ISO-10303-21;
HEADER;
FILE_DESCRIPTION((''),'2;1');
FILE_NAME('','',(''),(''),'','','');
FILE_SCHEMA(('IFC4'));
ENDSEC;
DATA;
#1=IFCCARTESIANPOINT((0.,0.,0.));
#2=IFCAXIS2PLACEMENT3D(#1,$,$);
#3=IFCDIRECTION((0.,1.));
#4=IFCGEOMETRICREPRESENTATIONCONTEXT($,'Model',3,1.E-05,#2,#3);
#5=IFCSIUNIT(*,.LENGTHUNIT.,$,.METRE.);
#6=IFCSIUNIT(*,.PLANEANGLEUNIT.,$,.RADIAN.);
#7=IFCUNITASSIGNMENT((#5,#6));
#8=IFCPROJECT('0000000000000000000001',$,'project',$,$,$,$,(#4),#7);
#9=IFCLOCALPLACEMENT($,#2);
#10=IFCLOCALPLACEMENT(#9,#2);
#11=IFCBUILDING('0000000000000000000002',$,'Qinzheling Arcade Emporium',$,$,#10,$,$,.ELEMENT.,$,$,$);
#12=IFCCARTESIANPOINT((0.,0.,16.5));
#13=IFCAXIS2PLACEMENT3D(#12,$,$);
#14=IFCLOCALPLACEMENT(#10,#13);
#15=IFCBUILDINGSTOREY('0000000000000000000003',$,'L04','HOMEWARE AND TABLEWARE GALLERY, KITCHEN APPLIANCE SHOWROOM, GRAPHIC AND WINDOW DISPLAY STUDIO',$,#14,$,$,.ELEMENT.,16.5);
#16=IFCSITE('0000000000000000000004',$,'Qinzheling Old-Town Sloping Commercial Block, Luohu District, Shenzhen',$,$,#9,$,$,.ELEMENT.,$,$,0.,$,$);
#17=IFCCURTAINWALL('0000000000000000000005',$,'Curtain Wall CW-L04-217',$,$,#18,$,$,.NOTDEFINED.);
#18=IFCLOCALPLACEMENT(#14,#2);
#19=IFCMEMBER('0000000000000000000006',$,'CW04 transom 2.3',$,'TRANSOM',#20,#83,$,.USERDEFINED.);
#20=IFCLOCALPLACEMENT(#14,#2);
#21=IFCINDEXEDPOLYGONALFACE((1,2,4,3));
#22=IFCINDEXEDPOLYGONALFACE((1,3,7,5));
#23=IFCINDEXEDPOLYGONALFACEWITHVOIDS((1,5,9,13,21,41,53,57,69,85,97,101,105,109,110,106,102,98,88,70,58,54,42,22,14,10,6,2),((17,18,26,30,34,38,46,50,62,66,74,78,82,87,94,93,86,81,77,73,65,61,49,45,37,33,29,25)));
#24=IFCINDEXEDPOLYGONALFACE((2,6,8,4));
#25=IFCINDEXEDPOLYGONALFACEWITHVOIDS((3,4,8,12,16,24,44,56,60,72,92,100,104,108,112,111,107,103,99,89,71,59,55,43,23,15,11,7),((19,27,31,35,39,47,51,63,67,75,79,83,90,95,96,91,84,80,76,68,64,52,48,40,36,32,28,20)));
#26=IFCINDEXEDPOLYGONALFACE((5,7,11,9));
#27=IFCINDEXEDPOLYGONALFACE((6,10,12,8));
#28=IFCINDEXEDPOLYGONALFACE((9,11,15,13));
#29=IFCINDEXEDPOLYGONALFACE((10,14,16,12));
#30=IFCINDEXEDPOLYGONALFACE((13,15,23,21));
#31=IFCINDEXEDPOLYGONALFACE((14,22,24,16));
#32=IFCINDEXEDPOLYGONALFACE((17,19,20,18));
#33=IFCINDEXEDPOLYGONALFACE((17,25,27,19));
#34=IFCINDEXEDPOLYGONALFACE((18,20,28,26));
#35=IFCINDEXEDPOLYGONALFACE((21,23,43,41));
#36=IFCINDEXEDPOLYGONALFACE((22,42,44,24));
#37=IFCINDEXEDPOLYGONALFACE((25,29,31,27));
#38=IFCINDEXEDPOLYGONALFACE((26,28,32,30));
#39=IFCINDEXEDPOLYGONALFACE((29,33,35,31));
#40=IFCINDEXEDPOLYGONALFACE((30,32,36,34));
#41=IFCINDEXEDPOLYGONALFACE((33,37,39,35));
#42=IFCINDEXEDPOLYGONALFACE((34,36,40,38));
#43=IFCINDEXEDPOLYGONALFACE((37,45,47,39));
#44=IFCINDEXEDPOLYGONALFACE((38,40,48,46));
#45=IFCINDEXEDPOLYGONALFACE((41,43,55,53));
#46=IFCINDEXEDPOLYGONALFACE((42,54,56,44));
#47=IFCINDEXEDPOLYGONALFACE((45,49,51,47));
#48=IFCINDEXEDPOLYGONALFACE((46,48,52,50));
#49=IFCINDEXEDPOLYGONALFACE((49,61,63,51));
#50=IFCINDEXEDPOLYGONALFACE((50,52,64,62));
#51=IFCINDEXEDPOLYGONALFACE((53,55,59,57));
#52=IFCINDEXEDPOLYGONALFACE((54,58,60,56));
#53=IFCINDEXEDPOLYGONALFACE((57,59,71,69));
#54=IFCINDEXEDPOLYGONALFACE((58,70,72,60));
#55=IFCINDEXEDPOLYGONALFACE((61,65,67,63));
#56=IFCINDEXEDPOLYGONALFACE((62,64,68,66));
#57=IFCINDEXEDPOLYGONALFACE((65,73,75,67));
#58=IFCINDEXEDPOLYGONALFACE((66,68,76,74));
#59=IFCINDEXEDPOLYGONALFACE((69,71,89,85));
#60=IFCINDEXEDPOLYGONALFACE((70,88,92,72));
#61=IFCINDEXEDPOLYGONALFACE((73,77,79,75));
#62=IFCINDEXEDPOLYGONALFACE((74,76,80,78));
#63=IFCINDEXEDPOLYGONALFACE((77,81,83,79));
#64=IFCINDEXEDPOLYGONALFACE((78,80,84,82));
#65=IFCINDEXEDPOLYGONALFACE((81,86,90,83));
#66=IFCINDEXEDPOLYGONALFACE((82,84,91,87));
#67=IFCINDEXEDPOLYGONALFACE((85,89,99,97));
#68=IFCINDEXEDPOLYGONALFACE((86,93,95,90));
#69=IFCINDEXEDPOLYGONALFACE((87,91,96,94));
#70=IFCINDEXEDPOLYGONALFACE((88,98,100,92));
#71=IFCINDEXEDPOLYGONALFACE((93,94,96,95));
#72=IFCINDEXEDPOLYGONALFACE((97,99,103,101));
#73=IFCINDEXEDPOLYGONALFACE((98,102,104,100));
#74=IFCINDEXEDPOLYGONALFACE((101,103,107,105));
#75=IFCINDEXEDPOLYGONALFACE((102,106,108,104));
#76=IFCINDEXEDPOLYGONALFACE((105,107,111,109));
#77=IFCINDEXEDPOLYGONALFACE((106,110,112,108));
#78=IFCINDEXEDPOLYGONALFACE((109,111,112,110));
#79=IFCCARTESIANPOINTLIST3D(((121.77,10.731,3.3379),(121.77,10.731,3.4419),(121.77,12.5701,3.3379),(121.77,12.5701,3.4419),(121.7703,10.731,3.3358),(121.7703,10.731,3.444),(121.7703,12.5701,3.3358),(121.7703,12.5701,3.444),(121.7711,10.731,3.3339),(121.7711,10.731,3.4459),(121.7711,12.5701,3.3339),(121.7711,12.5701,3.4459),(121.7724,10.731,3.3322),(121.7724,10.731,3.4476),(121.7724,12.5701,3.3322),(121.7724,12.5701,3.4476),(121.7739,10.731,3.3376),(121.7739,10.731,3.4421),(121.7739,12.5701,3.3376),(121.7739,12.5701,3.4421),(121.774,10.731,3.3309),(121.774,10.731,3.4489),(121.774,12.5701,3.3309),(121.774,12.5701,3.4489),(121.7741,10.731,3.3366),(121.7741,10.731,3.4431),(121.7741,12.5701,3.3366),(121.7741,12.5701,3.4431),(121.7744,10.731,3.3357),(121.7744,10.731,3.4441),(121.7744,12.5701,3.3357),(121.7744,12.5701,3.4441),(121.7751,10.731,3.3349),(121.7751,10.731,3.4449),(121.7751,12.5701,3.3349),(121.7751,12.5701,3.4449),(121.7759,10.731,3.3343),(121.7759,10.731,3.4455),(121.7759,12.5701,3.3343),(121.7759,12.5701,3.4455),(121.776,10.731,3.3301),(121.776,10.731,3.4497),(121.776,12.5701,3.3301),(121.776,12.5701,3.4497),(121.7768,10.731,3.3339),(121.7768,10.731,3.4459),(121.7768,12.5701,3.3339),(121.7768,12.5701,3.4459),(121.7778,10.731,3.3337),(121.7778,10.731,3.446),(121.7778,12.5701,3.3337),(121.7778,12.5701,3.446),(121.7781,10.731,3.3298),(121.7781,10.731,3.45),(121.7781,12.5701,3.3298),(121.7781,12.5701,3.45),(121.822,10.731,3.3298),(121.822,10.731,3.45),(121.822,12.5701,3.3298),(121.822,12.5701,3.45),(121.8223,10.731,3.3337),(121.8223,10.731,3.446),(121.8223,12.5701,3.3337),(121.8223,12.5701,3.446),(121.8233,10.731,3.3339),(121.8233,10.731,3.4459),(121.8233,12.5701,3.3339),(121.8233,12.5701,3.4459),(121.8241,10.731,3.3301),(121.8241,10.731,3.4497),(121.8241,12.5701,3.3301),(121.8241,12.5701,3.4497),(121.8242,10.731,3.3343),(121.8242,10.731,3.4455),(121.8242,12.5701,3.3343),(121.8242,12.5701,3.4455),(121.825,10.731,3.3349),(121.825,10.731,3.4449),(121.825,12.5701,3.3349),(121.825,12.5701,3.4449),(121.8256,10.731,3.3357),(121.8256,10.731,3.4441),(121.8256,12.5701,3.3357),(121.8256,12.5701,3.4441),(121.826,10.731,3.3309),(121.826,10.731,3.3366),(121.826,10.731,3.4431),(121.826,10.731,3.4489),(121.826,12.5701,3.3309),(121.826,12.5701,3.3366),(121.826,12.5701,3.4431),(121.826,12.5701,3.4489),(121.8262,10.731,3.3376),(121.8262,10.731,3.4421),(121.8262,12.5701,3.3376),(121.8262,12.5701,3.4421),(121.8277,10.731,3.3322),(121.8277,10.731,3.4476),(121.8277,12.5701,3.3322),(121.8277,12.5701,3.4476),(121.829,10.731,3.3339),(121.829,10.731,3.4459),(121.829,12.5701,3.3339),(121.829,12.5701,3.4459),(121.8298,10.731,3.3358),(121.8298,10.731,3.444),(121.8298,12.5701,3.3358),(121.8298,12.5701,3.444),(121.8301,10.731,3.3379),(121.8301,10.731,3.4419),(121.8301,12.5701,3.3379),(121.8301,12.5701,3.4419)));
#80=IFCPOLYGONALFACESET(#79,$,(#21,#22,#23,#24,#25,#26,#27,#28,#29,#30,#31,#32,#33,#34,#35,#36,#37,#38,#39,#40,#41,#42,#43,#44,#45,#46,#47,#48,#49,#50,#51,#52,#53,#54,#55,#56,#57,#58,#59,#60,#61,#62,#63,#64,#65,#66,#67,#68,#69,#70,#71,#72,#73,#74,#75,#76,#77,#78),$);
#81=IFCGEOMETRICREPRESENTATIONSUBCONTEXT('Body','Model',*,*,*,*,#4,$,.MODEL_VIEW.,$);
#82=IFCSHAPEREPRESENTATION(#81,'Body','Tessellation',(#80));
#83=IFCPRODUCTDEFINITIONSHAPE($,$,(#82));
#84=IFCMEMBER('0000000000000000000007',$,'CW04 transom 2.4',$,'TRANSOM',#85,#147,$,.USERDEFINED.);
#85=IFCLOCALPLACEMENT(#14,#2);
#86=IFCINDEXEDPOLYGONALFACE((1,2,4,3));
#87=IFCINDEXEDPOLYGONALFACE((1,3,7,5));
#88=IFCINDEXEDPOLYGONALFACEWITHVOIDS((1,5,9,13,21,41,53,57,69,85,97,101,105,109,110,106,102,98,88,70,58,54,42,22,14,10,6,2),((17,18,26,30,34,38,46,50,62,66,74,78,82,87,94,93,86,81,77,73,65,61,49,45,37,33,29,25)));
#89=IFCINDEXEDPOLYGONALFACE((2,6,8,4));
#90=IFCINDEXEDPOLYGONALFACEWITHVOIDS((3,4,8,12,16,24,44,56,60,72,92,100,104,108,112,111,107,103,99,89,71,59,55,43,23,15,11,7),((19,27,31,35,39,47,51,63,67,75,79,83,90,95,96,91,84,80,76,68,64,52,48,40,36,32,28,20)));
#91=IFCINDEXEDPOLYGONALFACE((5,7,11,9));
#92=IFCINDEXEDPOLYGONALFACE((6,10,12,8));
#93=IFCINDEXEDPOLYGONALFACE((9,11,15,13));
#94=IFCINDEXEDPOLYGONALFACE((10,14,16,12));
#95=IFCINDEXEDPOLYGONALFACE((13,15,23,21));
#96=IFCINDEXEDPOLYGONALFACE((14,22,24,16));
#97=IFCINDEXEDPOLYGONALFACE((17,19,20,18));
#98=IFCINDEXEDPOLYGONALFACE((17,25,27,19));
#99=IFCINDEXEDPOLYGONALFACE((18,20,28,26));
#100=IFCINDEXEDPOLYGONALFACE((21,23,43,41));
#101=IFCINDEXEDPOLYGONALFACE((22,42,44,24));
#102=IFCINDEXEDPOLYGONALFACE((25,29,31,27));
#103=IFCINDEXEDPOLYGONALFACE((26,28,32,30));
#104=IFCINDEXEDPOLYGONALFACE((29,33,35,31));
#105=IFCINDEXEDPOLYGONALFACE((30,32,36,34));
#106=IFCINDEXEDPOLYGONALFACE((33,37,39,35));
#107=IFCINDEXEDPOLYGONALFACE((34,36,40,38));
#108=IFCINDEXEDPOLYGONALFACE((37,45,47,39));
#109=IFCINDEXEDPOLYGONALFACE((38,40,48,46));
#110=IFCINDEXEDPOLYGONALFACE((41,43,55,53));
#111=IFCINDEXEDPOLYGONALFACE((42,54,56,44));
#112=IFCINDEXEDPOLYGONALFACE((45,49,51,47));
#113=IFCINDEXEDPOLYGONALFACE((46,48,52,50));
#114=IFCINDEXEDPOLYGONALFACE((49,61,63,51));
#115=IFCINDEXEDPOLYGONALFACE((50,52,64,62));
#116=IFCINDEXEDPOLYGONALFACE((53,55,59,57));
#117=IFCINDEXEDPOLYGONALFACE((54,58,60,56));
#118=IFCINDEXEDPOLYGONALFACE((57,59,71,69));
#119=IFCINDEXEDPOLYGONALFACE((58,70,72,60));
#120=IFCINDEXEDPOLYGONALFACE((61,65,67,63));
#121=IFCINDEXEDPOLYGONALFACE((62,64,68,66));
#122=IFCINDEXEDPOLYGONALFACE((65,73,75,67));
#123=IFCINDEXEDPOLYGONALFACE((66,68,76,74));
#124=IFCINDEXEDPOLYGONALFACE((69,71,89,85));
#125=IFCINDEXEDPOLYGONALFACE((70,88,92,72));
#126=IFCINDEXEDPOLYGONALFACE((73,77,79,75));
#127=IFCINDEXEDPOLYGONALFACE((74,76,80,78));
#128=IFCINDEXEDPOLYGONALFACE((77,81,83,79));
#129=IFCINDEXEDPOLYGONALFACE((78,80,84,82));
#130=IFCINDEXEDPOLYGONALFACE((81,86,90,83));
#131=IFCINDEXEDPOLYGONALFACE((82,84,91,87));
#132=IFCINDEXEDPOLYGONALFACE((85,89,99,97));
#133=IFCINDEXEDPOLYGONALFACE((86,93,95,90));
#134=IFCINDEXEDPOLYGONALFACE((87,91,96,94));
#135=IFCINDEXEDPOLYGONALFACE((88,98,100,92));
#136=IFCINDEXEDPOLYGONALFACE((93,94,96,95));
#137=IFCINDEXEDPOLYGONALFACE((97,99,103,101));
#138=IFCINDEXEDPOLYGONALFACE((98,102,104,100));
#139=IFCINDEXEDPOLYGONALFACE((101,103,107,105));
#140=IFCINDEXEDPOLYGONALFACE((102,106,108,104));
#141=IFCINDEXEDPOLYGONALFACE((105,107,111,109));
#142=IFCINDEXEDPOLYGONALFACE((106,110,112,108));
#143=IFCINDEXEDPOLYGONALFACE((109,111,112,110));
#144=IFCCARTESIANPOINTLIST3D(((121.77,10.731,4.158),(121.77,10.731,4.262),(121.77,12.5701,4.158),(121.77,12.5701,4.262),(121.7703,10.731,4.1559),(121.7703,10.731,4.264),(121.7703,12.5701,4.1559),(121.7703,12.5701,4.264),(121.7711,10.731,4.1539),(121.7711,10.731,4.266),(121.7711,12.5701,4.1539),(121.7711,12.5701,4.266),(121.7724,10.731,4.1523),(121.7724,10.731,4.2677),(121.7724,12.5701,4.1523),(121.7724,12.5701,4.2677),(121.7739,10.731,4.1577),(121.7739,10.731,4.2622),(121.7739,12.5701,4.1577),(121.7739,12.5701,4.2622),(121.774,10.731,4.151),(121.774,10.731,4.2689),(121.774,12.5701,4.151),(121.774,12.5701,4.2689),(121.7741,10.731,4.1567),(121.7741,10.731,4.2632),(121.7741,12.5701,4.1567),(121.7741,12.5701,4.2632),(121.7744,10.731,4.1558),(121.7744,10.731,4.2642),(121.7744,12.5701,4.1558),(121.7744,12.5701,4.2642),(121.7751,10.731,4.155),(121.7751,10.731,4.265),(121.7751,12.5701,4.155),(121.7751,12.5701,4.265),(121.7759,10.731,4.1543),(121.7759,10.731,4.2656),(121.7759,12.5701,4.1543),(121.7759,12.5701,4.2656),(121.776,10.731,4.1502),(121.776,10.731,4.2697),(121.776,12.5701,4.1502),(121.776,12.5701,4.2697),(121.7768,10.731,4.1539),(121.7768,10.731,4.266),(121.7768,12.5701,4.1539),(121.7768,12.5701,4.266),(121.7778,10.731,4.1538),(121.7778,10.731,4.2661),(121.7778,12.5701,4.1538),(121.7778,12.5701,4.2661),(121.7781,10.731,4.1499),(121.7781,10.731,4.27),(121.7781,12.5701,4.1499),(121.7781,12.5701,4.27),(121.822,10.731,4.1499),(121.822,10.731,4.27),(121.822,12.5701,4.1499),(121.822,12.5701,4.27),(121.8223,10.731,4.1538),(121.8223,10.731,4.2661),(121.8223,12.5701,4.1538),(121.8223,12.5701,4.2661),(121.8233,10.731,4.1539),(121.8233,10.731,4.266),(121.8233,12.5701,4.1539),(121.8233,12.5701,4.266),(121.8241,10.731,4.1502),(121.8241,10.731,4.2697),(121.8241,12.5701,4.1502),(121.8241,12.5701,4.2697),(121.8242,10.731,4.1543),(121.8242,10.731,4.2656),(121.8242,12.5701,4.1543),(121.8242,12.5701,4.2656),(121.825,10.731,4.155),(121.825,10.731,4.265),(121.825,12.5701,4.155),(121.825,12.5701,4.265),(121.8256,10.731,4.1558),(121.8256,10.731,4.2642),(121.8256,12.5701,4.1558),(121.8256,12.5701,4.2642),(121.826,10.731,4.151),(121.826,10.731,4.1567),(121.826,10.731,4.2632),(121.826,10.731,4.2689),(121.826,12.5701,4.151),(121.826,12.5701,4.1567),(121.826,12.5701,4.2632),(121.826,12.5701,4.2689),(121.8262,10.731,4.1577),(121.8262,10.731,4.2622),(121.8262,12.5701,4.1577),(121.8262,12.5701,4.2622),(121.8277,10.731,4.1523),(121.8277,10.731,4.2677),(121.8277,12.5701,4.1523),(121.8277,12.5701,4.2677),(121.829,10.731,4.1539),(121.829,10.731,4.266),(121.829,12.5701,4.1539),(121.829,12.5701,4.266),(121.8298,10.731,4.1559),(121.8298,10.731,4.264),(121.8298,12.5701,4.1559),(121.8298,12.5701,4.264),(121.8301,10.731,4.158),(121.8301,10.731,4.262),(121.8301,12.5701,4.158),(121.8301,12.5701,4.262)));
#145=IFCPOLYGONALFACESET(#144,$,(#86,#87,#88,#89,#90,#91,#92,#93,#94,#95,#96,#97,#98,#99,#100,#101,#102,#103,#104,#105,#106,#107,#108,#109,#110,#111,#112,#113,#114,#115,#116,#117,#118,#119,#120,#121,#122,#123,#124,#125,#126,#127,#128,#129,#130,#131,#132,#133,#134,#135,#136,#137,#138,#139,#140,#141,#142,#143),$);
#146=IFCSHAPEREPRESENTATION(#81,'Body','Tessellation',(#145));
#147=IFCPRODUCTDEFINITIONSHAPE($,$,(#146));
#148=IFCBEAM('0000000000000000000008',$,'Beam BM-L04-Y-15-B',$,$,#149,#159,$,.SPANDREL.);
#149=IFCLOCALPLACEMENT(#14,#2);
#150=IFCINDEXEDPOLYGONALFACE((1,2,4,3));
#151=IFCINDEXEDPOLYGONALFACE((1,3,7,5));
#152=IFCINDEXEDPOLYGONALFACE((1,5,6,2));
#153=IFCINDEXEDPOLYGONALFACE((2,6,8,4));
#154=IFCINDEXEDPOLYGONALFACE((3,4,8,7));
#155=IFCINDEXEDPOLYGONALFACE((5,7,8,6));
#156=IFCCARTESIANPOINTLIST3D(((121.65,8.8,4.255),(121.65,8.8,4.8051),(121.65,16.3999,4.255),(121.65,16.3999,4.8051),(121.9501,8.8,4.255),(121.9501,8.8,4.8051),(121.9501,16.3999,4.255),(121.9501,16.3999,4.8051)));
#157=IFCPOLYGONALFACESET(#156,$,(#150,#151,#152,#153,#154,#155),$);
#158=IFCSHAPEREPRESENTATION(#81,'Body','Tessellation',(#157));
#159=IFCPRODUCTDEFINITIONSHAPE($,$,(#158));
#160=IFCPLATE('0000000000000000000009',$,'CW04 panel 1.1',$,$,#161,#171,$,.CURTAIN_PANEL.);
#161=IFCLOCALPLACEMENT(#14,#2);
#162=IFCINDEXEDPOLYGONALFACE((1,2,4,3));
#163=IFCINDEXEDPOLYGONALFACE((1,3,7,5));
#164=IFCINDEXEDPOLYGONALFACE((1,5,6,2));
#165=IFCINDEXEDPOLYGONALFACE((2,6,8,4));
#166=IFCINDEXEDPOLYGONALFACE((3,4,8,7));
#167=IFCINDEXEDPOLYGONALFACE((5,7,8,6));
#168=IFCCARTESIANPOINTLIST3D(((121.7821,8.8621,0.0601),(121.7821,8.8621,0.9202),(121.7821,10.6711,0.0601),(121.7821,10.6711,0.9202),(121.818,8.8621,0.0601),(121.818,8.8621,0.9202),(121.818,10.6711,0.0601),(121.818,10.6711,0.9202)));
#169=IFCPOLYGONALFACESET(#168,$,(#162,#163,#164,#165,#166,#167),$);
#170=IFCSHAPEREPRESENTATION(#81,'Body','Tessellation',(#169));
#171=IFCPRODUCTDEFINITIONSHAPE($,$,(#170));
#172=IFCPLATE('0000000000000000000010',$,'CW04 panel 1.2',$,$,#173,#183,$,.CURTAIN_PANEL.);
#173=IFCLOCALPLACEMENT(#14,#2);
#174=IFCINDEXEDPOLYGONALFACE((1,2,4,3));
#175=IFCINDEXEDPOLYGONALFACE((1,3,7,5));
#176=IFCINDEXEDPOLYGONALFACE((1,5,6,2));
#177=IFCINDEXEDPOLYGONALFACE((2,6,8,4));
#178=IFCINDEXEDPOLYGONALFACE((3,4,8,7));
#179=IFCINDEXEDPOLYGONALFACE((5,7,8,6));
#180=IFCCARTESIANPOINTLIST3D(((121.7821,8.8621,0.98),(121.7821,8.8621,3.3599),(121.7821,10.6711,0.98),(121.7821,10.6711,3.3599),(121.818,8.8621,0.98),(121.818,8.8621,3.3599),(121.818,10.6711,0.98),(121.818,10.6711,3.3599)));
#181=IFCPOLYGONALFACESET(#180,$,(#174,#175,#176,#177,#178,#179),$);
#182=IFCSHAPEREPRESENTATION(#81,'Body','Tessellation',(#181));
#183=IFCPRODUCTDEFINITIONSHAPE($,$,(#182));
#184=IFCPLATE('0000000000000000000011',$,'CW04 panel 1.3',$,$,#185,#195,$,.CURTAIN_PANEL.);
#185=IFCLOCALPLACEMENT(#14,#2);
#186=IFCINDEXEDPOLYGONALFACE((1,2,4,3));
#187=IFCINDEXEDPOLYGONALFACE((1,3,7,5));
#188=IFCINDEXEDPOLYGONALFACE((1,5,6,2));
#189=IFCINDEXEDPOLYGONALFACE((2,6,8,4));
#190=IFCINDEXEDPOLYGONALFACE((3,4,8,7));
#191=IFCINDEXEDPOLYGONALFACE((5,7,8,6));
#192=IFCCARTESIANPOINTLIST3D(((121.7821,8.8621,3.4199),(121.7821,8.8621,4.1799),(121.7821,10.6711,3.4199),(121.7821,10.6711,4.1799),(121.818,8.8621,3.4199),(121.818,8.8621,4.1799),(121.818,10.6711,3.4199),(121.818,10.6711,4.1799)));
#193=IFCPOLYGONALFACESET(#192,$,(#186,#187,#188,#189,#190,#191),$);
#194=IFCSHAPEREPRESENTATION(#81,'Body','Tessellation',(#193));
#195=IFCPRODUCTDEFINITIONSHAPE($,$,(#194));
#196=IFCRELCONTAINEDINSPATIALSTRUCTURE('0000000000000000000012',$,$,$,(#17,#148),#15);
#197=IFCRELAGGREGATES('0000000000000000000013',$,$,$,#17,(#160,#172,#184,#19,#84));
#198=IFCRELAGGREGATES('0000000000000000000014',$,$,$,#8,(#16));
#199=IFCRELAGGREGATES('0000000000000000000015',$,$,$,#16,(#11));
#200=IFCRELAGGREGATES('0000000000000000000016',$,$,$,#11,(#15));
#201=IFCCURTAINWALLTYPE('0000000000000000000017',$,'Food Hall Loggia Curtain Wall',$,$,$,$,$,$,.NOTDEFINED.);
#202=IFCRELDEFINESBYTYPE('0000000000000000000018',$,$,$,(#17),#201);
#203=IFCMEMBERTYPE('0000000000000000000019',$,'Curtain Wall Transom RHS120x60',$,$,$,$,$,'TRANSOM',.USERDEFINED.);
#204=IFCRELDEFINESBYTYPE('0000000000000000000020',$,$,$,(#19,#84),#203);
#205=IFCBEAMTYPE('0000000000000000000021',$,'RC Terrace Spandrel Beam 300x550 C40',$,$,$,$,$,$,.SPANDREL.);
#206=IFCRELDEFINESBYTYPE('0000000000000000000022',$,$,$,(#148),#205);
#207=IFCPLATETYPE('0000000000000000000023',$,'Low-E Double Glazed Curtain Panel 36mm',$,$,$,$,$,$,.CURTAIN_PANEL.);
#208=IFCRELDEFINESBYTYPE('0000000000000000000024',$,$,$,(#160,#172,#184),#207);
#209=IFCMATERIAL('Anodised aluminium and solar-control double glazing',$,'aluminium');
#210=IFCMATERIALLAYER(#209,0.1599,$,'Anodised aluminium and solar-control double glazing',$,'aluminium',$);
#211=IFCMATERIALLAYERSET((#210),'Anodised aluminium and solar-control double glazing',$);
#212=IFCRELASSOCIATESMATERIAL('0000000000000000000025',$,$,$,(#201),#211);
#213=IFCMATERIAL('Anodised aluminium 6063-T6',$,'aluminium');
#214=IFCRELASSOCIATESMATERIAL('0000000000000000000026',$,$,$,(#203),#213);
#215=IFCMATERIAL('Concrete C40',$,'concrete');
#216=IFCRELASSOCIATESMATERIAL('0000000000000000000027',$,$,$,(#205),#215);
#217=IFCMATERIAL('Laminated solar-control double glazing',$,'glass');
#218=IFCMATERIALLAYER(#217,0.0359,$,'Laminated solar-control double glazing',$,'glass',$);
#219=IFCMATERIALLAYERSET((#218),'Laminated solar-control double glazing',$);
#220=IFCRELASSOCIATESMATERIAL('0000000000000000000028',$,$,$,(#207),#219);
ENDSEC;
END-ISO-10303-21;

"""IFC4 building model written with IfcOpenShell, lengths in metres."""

from ifc_helpers import new_model, si_unit, direction, frame, origin, origin_2d, place, context, subcontext, project, spatial, rectangle, hollow_rectangle, extrude, material, layer, layer_set, material_profile, profile_set, type_object, element, aggregate, save


model = new_model("IFC4")

# Units and contexts
model_context = context("Model", 3, precision=1e-05, world=origin(), true_north=direction((0.0, 1.0)))
body_context = subcontext(model_context, "Body", "Model", "MODEL_VIEW")
ifc_project = project(units=[si_unit("LENGTHUNIT", "METRE"), si_unit("PLANEANGLEUNIT", "RADIAN")], contexts=[model_context])

# Site, building, storey
site_placement = place(None, origin())
site = spatial("IfcSite", under=ifc_project, at=site_placement, Name="Qinzheling Old-Town Sloping Commercial Block, Luohu District, Shenzhen", CompositionType="ELEMENT", RefElevation=0.0)
building_placement = place(site_placement, origin())
building = spatial("IfcBuilding", under=site, at=building_placement, Name="Qinzheling Arcade Emporium", CompositionType="ELEMENT")
storey_placement = place(building_placement, frame((0.0, 0.0, 16.5)))
storey = spatial("IfcBuildingStorey", under=building, at=storey_placement, Name="L04", Description="HOMEWARE AND TABLEWARE GALLERY, KITCHEN APPLIANCE SHOWROOM, GRAPHIC AND WINDOW DISPLAY STUDIO", CompositionType="ELEMENT", Elevation=16.5)

# Shared definitions
ifc_material_1 = material(Name="Concrete C40", Category="concrete")

# Curtain wall, members
ifc_material_2 = material(Name="Anodised aluminium and solar-control double glazing", Category="aluminium")
ifc_layer_1 = layer(ifc_material_2, 0.1599, Name="Anodised aluminium and solar-control double glazing", Category="aluminium")
ifc_layer_set_1 = layer_set([ifc_layer_1], Name="Anodised aluminium and solar-control double glazing")
curtain_wall_type = type_object("IfcCurtainWallType", Name="Food Hall Loggia Curtain Wall", PredefinedType="NOTDEFINED", material=ifc_layer_set_1)
curtain_wall_placement = place(storey_placement, origin())
curtain_wall = element("IfcCurtainWall", 1, at=curtain_wall_placement, inside=storey, type_object=curtain_wall_type, Name="Curtain Wall CW-L04-217", PredefinedType="NOTDEFINED")
ifc_material_3 = material(Name="Anodised aluminium 6063-T6", Category="aluminium")
ifc_material_profile_1 = material_profile(ifc_material_3, hollow_rectangle(XDim=0.0601, YDim=0.1201, WallThickness=0.0039, InnerFilletRadius=0.0039, OuterFilletRadius=0.0081, at=origin_2d()), Name="RHS 120x60x4", Category="aluminium")
ifc_profile_set_1 = profile_set([ifc_material_profile_1], Name="Anodised aluminium 6063-T6")
member_type_1 = type_object("IfcMemberType", Name="Curtain Wall Transom RHS120x60", ElementType="TRANSOM", PredefinedType="USERDEFINED", material=ifc_profile_set_1)
member_1_placement = place(storey_placement, frame((121.8, 10.731, 3.3899), z_axis=(0.0, 1.0, 0.0), x_axis=(-1.0, 0.0, 0.0)))
member_1 = element("IfcMember", 2, at=member_1_placement, type_object=member_type_1, Name="CW04 transom 2.3", ObjectType="TRANSOM", PredefinedType="USERDEFINED", context=body_context, shape_type="SweptSolid", body=[
    extrude(hollow_rectangle(XDim=0.0601, YDim=0.1201, WallThickness=0.0039, InnerFilletRadius=0.0039, OuterFilletRadius=0.0081, at=origin_2d()), origin(), (0.0, 0.0, 1.0), 1.8391),
])
member_2_placement = place(storey_placement, frame((121.8, 10.731, 4.21), z_axis=(0.0, 1.0, 0.0), x_axis=(-1.0, 0.0, 0.0)))
member_2 = element("IfcMember", 3, at=member_2_placement, type_object=member_type_1, Name="CW04 transom 2.4", ObjectType="TRANSOM", PredefinedType="USERDEFINED", context=body_context, shape_type="SweptSolid", body=[
    extrude(hollow_rectangle(XDim=0.0601, YDim=0.1201, WallThickness=0.0039, InnerFilletRadius=0.0039, OuterFilletRadius=0.0081, at=origin_2d()), origin(), (0.0, 0.0, 1.0), 1.8391),
])

# Beam
ifc_material_profile_2 = material_profile(ifc_material_1, rectangle(XDim=0.3, YDim=0.55, at=origin_2d()), Name="RC 300x550", Category="concrete")
ifc_profile_set_2 = profile_set([ifc_material_profile_2], Name="Concrete C40")
beam_type = type_object("IfcBeamType", Name="RC Terrace Spandrel Beam 300x550 C40", PredefinedType="SPANDREL", material=ifc_profile_set_2)
beam_placement = place(storey_placement, frame((121.8, 8.8, 4.53), z_axis=(0.0, 1.0, 0.0), x_axis=(-1.0, 0.0, 0.0)))
element("IfcBeam", 4, at=beam_placement, inside=storey, type_object=beam_type, Name="Beam BM-L04-Y-15-B", PredefinedType="SPANDREL", context=body_context, shape_type="SweptSolid", body=[
    extrude(rectangle(XDim=0.3, YDim=0.55, at=origin_2d()), origin(), (0.0, 0.0, 1.0), 7.5999),
])

# Plates
ifc_material_4 = material(Name="Laminated solar-control double glazing", Category="glass")
ifc_layer_2 = layer(ifc_material_4, 0.0359, Name="Laminated solar-control double glazing", Category="glass")
ifc_layer_set_2 = layer_set([ifc_layer_2], Name="Laminated solar-control double glazing")
plate_type = type_object("IfcPlateType", Name="Low-E Double Glazed Curtain Panel 36mm", PredefinedType="CURTAIN_PANEL", material=ifc_layer_set_2)
plate_1_placement = place(storey_placement, frame((121.8, 9.7666, 0.0601), z_axis=(0.0, 0.0, 1.0), x_axis=(0.0, 1.0, 0.0)))
plate_1 = element("IfcPlate", 5, at=plate_1_placement, type_object=plate_type, Name="CW04 panel 1.1", PredefinedType="CURTAIN_PANEL", context=body_context, shape_type="SweptSolid", body=[
    extrude(rectangle(XDim=1.8091, YDim=0.0359, at=origin_2d()), origin(), (0.0, 0.0, 1.0), 0.8601),
])
plate_2_placement = place(storey_placement, frame((121.8, 9.7666, 0.98), z_axis=(0.0, 0.0, 1.0), x_axis=(0.0, 1.0, 0.0)))
plate_2 = element("IfcPlate", 6, at=plate_2_placement, type_object=plate_type, Name="CW04 panel 1.2", PredefinedType="CURTAIN_PANEL", context=body_context, shape_type="SweptSolid", body=[
    extrude(rectangle(XDim=1.8091, YDim=0.0359, at=origin_2d()), origin(), (0.0, 0.0, 1.0), 2.3799),
])
plate_3_placement = place(storey_placement, frame((121.8, 9.7666, 3.4199), z_axis=(0.0, 0.0, 1.0), x_axis=(0.0, 1.0, 0.0)))
plate_3 = element("IfcPlate", 7, at=plate_3_placement, type_object=plate_type, Name="CW04 panel 1.3", PredefinedType="CURTAIN_PANEL", context=body_context, shape_type="SweptSolid", body=[
    extrude(rectangle(XDim=1.8091, YDim=0.0359, at=origin_2d()), origin(), (0.0, 0.0, 1.0), 0.76),
])
aggregate(curtain_wall, [plate_1, plate_2, plate_3, member_1, member_2])

save(model, "model.ifc")
